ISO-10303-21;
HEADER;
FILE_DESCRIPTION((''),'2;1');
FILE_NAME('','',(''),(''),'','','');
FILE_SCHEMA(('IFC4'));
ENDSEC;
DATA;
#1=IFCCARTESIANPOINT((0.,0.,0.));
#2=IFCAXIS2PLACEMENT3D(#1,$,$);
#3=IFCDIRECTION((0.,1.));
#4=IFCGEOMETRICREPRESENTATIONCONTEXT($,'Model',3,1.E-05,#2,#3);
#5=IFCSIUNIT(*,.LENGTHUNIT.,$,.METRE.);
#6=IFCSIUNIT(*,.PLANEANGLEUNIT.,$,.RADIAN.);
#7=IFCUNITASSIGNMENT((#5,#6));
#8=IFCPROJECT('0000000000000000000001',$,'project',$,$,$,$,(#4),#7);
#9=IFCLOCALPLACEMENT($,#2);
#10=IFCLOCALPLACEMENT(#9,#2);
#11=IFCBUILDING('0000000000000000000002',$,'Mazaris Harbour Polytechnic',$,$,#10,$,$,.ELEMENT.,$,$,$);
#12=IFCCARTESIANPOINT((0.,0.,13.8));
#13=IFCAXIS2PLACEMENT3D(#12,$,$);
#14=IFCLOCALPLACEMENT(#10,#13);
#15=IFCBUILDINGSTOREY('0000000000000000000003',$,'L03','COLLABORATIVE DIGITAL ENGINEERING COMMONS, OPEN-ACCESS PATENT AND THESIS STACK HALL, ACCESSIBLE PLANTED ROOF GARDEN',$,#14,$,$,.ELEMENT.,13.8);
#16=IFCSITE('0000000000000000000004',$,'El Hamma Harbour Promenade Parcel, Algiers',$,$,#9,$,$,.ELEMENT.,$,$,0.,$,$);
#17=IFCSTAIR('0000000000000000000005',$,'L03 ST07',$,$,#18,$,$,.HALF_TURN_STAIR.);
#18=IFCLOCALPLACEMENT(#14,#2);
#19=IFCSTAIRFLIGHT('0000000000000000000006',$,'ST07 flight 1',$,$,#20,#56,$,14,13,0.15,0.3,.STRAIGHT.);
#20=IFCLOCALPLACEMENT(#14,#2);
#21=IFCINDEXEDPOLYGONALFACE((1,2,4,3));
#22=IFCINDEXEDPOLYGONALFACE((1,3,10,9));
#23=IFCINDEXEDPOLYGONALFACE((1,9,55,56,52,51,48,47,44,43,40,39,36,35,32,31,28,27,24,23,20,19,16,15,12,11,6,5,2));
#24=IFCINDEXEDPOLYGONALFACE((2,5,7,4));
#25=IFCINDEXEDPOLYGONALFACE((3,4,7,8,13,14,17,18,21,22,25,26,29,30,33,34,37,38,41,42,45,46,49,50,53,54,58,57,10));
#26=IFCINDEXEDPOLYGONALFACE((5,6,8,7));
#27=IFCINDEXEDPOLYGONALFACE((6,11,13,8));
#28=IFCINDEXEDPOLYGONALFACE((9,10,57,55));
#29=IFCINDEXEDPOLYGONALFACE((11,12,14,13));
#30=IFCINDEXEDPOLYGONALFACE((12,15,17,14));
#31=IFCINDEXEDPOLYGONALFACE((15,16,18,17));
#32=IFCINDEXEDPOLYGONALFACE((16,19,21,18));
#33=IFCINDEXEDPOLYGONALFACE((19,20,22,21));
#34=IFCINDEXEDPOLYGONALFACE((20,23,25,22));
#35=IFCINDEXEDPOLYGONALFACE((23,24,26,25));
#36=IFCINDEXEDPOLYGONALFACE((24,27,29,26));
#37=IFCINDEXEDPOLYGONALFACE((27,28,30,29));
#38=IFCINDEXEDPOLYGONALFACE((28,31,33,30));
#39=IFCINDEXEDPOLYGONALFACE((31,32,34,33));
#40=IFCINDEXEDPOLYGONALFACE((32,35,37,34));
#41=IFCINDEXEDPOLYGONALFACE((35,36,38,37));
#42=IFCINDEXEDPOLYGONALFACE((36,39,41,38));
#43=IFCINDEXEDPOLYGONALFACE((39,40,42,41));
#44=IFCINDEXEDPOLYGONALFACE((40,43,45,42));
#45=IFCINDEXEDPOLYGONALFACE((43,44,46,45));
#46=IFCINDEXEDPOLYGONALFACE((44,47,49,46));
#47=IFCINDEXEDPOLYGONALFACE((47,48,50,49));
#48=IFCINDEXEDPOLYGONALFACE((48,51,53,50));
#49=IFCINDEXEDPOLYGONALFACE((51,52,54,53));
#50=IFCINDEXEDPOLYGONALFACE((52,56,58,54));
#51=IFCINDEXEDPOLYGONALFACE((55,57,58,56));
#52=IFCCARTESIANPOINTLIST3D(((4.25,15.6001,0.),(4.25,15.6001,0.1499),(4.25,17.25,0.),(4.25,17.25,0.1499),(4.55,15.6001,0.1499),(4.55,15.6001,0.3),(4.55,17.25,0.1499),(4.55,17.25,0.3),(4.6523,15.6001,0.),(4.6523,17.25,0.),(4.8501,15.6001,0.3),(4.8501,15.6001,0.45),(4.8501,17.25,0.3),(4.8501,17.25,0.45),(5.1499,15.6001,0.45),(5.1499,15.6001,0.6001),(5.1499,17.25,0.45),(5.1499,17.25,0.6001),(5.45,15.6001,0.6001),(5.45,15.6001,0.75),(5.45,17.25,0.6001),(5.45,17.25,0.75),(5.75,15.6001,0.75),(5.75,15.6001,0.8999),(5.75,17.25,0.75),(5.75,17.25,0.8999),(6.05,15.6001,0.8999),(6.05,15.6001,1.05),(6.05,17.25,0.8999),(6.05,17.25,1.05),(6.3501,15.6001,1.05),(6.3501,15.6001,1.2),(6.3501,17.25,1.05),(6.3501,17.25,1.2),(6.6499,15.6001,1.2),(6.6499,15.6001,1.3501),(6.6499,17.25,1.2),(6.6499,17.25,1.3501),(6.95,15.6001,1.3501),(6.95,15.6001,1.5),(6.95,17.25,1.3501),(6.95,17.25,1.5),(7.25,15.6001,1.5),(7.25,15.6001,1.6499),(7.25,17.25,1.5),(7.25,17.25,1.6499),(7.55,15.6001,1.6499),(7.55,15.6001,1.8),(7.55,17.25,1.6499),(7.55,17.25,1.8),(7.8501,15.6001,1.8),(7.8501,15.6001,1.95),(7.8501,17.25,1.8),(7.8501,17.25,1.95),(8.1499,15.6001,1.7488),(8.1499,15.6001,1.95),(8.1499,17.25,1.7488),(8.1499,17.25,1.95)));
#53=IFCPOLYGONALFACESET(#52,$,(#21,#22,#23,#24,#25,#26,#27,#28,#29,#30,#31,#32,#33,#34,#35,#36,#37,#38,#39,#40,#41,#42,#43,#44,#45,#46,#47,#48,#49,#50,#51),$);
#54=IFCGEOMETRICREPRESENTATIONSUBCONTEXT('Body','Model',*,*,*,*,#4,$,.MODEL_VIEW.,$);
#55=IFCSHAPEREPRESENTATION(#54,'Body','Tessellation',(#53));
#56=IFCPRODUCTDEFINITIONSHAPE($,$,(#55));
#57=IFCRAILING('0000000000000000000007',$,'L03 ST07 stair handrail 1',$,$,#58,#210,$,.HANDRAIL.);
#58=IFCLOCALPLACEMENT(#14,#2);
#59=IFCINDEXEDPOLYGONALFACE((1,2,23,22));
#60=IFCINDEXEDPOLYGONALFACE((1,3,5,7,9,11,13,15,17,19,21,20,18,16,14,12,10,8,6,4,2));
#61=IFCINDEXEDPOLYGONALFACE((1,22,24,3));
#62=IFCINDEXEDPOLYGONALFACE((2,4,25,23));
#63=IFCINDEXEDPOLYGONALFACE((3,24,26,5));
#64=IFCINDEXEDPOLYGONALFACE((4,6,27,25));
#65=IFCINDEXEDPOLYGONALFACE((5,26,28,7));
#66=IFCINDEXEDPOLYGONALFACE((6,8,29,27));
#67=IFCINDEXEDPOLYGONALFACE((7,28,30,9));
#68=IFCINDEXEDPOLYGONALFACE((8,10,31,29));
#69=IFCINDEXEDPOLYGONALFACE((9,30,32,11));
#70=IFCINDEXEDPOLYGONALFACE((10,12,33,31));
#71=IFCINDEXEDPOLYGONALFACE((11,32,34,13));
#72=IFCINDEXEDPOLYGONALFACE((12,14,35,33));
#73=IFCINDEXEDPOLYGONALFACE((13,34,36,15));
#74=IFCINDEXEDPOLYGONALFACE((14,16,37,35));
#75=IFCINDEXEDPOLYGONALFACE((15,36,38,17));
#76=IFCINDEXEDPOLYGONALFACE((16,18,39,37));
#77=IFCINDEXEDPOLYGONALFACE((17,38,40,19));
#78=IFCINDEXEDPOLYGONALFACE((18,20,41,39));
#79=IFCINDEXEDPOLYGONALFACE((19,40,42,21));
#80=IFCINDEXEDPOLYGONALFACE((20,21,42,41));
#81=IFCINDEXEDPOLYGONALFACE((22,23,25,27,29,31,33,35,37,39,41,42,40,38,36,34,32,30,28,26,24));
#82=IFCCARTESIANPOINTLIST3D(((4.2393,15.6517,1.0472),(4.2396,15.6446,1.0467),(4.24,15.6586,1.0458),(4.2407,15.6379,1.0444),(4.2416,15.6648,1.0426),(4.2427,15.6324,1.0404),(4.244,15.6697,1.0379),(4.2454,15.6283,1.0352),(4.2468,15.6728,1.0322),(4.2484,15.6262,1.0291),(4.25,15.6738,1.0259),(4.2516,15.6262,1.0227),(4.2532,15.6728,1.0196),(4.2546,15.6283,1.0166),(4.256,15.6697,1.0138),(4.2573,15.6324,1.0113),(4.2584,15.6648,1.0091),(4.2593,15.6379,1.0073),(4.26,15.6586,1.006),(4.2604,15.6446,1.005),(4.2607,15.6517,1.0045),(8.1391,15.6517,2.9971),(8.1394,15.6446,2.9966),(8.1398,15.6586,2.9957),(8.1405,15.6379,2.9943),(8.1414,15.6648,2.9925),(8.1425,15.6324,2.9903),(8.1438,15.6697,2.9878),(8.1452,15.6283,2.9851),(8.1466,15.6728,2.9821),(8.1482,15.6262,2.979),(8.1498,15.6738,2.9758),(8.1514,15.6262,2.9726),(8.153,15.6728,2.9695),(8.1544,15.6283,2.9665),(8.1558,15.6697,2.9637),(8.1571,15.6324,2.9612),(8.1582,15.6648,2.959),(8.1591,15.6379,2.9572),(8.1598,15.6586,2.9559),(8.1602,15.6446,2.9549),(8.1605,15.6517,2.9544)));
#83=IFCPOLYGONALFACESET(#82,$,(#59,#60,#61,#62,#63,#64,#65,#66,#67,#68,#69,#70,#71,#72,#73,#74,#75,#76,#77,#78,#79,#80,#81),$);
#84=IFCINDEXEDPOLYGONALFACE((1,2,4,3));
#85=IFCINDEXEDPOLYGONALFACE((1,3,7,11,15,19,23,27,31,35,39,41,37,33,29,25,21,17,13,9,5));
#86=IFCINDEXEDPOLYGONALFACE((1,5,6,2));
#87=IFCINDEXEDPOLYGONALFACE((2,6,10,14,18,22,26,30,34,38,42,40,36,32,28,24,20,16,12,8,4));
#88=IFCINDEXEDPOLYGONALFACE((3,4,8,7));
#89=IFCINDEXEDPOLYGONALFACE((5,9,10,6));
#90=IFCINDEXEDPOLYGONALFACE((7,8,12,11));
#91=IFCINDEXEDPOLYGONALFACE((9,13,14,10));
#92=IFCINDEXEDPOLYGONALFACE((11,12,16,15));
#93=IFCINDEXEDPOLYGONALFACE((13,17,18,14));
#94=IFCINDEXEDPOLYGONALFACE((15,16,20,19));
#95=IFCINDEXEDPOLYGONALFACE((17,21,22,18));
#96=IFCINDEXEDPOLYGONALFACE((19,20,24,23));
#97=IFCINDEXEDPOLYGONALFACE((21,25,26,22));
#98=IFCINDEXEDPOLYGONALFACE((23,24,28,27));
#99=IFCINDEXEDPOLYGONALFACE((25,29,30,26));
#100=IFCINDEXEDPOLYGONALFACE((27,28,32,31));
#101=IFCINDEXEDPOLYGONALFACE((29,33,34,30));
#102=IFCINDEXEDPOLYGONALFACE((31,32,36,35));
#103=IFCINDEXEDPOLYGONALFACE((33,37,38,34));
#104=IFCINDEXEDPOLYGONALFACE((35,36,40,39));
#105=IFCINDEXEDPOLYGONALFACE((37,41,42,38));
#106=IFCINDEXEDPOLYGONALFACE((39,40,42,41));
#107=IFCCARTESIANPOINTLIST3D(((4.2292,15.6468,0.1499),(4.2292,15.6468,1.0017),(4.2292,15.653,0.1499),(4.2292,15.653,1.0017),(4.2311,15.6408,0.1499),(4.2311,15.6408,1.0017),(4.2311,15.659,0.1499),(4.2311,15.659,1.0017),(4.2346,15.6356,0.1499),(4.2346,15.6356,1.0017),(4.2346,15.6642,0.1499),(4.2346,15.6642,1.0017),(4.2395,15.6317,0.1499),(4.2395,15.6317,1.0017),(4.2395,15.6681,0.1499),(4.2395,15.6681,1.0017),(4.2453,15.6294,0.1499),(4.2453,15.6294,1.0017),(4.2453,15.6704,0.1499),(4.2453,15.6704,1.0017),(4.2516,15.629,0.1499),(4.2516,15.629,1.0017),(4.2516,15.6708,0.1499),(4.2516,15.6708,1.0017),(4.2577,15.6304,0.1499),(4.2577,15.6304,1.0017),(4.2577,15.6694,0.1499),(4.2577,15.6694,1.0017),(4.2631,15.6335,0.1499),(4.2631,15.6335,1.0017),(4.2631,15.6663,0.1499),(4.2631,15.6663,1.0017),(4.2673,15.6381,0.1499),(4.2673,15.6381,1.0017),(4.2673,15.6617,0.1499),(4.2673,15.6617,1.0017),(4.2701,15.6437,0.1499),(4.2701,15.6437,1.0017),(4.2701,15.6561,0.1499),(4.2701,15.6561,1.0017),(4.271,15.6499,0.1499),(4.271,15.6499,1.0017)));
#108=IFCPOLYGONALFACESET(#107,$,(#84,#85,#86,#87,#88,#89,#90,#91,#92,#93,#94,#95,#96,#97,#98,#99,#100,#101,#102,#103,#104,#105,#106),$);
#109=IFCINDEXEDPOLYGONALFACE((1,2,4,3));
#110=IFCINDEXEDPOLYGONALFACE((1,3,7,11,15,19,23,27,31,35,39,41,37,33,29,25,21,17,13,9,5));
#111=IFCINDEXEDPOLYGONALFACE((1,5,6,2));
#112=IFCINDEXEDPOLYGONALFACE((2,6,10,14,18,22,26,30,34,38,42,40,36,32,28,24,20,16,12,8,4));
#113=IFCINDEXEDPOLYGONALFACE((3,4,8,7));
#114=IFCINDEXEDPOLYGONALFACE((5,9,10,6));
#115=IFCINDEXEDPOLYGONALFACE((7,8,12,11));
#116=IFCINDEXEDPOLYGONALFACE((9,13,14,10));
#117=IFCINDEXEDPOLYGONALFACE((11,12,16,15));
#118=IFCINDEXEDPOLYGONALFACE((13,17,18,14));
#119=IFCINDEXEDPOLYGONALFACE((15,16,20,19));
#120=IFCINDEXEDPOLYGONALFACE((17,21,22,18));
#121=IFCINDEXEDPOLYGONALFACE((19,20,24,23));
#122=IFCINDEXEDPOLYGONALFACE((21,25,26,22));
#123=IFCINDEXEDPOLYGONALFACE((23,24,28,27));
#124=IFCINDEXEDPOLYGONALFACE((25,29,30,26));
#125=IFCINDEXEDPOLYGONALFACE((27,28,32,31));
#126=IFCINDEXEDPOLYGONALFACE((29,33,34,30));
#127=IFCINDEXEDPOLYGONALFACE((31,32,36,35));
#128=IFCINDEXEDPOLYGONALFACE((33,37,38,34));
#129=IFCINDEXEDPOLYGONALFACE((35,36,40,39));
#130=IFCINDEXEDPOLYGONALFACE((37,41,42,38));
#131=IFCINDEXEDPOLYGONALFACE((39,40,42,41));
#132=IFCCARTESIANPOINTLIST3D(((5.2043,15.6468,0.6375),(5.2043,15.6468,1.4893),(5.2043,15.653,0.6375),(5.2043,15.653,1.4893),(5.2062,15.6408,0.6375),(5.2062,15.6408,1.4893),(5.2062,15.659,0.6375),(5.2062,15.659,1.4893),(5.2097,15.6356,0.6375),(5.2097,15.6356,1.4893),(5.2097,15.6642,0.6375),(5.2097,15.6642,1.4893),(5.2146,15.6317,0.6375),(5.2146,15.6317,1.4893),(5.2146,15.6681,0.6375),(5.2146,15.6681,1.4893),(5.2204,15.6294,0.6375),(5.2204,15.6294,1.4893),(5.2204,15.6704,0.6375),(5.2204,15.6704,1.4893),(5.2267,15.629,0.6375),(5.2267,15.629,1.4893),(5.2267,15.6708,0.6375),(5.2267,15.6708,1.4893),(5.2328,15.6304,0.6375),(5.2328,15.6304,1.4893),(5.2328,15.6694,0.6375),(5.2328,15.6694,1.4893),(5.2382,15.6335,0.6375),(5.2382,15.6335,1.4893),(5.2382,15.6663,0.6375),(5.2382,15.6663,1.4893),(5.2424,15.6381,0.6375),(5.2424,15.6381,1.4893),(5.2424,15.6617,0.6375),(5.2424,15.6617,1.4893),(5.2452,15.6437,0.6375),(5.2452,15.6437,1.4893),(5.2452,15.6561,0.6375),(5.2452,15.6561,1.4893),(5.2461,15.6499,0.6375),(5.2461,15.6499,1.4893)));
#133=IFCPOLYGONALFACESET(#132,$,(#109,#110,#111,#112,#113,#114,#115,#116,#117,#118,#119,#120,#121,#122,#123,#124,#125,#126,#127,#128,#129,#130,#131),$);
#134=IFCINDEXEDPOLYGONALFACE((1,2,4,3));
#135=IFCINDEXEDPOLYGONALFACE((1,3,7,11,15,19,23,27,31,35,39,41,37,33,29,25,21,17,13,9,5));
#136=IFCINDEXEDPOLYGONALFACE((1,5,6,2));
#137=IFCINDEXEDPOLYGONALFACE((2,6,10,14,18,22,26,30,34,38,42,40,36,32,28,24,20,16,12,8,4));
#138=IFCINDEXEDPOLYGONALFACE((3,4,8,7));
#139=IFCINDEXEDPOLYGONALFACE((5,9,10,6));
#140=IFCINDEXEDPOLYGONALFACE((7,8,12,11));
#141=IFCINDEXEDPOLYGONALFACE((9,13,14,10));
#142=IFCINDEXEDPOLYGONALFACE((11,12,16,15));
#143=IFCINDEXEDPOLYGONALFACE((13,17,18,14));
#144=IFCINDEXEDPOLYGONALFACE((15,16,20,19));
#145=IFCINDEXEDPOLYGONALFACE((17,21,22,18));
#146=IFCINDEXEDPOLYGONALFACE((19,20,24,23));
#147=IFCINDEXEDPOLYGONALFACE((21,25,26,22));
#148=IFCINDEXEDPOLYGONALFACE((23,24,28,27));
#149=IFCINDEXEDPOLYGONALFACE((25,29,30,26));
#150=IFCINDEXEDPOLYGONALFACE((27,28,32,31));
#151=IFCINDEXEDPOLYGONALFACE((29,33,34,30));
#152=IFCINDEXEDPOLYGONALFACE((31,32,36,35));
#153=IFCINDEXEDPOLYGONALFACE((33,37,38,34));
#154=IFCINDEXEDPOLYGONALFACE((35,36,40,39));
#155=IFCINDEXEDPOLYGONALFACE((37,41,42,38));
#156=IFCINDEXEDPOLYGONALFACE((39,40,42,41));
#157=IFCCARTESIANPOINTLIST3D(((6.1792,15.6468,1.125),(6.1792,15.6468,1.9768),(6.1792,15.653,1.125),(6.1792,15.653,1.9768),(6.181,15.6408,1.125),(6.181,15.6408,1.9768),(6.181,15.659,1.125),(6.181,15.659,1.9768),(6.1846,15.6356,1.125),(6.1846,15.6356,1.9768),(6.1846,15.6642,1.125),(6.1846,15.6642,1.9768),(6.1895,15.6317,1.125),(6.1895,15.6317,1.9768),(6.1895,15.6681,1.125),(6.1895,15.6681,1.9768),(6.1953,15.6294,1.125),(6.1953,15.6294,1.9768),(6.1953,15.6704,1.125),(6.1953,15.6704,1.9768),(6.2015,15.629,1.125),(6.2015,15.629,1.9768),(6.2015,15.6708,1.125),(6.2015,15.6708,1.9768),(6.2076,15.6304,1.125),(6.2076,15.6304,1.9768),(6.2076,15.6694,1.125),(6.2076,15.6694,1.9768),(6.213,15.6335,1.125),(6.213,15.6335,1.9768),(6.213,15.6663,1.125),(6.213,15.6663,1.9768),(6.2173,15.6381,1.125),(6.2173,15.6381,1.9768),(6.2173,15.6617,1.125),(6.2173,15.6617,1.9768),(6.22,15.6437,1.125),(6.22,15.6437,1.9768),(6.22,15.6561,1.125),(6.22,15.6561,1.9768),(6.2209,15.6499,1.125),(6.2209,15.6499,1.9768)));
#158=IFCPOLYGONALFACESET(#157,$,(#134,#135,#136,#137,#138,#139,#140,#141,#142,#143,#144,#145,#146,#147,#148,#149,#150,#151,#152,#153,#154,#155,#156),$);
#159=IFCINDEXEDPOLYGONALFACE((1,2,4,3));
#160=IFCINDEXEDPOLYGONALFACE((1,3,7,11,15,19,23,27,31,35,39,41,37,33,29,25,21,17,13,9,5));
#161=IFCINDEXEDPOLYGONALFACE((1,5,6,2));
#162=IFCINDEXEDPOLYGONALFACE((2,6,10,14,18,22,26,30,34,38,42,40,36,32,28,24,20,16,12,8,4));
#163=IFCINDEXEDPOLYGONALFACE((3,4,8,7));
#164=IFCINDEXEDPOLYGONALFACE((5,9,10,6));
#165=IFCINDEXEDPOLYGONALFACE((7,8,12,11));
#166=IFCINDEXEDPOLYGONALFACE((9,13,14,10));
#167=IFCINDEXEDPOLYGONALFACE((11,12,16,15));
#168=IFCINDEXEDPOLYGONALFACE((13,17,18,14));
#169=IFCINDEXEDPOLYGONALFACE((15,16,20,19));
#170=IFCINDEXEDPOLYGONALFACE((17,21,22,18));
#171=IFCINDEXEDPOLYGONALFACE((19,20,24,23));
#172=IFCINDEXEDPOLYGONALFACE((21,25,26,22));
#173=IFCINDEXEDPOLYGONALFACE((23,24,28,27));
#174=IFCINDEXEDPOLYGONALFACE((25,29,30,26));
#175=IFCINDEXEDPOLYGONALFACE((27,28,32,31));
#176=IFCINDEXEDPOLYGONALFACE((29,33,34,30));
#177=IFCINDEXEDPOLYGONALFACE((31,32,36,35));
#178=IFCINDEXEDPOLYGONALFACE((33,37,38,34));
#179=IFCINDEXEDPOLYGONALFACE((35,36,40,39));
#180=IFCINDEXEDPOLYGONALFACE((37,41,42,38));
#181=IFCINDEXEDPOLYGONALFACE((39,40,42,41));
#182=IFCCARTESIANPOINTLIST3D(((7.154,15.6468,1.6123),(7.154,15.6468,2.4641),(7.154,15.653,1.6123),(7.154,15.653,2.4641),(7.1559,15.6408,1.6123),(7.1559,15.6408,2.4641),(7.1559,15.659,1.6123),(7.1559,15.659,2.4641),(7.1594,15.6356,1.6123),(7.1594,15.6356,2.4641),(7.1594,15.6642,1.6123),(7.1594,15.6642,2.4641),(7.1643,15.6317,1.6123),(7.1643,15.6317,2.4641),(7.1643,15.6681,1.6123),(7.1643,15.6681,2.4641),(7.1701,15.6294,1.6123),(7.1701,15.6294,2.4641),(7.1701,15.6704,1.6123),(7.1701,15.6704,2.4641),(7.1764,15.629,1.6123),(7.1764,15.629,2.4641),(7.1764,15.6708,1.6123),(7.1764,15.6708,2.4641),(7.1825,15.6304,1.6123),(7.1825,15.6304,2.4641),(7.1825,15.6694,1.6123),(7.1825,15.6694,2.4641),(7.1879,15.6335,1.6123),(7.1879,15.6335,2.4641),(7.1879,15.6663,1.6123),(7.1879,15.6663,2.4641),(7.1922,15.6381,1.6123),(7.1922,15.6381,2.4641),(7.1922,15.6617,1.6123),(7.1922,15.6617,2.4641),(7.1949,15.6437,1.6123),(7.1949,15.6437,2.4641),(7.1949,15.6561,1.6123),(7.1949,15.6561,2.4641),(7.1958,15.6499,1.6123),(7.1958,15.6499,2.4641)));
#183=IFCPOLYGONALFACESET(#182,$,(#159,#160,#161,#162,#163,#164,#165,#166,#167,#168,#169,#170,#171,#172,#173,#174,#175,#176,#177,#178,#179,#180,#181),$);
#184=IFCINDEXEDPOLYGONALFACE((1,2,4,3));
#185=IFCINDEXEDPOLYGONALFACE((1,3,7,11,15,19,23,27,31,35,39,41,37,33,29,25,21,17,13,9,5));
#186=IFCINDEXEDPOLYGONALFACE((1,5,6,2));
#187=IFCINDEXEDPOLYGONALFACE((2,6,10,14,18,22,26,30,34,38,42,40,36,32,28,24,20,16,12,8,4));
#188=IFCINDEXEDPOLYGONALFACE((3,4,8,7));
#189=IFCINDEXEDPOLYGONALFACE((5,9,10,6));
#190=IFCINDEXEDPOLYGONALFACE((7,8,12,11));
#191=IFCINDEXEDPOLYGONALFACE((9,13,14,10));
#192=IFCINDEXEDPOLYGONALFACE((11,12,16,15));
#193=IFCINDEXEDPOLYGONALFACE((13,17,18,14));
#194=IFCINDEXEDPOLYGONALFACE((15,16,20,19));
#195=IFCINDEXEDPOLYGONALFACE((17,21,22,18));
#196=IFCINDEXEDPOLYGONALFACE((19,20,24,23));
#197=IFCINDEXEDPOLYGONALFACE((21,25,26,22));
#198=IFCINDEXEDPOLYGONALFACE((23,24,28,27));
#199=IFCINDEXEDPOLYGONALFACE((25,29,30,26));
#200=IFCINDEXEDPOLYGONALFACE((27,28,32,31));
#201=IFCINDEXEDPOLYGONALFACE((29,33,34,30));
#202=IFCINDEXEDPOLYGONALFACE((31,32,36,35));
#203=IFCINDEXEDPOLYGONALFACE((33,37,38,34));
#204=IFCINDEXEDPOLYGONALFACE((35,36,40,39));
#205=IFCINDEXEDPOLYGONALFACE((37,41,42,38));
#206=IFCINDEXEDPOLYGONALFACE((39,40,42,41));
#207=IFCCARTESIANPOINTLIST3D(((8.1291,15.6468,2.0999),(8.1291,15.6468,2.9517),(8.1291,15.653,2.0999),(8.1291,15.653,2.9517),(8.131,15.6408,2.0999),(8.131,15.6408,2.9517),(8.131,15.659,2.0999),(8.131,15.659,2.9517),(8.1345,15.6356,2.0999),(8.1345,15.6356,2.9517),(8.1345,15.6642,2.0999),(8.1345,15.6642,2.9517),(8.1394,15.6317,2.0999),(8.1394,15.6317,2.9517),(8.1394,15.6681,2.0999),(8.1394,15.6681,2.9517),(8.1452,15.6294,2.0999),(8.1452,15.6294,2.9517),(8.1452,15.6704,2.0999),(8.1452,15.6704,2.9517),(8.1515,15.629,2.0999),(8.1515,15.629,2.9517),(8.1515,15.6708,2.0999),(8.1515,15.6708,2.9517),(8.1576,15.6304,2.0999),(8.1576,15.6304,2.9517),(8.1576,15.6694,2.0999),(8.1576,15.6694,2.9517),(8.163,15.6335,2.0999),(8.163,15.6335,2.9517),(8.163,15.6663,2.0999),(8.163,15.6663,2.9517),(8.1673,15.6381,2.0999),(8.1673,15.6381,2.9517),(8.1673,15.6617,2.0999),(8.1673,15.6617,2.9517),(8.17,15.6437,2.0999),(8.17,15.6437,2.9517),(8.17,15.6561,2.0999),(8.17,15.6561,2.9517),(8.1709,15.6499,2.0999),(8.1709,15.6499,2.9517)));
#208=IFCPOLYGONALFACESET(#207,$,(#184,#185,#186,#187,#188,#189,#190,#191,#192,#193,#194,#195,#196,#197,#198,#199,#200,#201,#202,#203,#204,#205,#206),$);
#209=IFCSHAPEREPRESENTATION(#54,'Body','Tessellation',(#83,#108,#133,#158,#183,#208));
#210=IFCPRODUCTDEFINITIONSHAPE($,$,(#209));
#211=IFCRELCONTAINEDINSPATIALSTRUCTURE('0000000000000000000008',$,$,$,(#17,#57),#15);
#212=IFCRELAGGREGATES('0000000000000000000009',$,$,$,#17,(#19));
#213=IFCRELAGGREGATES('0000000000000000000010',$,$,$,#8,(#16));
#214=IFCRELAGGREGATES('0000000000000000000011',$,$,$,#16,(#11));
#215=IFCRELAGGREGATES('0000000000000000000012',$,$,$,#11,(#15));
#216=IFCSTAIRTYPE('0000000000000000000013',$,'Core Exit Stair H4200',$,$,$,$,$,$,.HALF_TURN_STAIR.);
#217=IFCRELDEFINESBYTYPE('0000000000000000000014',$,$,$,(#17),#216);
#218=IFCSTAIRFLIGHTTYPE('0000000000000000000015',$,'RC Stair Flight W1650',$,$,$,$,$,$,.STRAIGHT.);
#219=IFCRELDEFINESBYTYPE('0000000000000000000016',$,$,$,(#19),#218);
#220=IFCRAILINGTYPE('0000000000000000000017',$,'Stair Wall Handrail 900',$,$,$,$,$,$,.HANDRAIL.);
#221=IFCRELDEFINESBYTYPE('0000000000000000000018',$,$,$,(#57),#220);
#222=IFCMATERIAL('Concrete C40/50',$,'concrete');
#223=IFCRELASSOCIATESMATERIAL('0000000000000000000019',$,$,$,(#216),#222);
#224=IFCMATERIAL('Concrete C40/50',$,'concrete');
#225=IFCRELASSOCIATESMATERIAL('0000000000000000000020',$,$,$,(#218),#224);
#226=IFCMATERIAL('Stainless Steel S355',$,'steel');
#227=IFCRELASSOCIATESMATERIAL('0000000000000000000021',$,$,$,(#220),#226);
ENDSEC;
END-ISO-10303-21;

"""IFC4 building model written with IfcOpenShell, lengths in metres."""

from ifc_helpers import new_model, si_unit, direction, frame, origin, origin_2d, place, context, subcontext, project, spatial, polyline, circle, outline, extrude, material, type_object, element, aggregate, save


model = new_model("IFC4")

# Units and contexts
model_context = context("Model", 3, precision=1e-05, world=origin(), true_north=direction((0.0, 1.0)))
body_context = subcontext(model_context, "Body", "Model", "MODEL_VIEW")
ifc_project = project(units=[si_unit("LENGTHUNIT", "METRE"), si_unit("PLANEANGLEUNIT", "RADIAN")], contexts=[model_context])

# Site, building, storey
site_placement = place(None, origin())
site = spatial("IfcSite", under=ifc_project, at=site_placement, Name="El Hamma Harbour Promenade Parcel, Algiers", CompositionType="ELEMENT", RefElevation=0.0)
building_placement = place(site_placement, origin())
building = spatial("IfcBuilding", under=site, at=building_placement, Name="Mazaris Harbour Polytechnic", CompositionType="ELEMENT")
storey_placement = place(building_placement, frame((0.0, 0.0, 13.8)))
storey = spatial("IfcBuildingStorey", under=building, at=storey_placement, Name="L03", Description="COLLABORATIVE DIGITAL ENGINEERING COMMONS, OPEN-ACCESS PATENT AND THESIS STACK HALL, ACCESSIBLE PLANTED ROOF GARDEN", CompositionType="ELEMENT", Elevation=13.8)

# Stair, stair flight
ifc_material_1 = material(Name="Concrete C40/50", Category="concrete")
stair_type = type_object("IfcStairType", Name="Core Exit Stair H4200", PredefinedType="HALF_TURN_STAIR", material=ifc_material_1)
stair_placement = place(storey_placement, origin())
stair = element("IfcStair", 1, at=stair_placement, inside=storey, type_object=stair_type, Name="L03 ST07", PredefinedType="HALF_TURN_STAIR")
ifc_material_2 = material(Name="Concrete C40/50", Category="concrete")
stair_flight_type = type_object("IfcStairFlightType", Name="RC Stair Flight W1650", PredefinedType="STRAIGHT", material=ifc_material_2)
stair_flight_placement = place(storey_placement, frame((4.25, 16.425, 0.0), z_axis=(0.0, 0.0, 1.0), x_axis=(1.0, 0.0, 0.0)))
stair_flight = element("IfcStairFlight", 2, at=stair_flight_placement, type_object=stair_flight_type, Name="ST07 flight 1", NumberOfRisers=14, NumberOfTreads=13, PredefinedType="STRAIGHT", RiserHeight=0.15, TreadLength=0.3, context=body_context, shape_type="SweptSolid", body=[
    extrude(outline(polyline([(0.0, 0.0), (0.0, 0.1499), (0.3, 0.1499), (0.3, 0.3), (0.6001, 0.3), (0.6001, 0.45), (0.8999, 0.45), (0.8999, 0.6001), (1.2, 0.6001), (1.2, 0.75), (1.5, 0.75), (1.5, 0.8999), (1.8, 0.8999), (1.8, 1.05), (2.1001, 1.05), (2.1001, 1.2), (2.3999, 1.2), (2.3999, 1.3501), (2.7, 1.3501), (2.7, 1.5), (3.0, 1.5), (3.0, 1.6499), (3.3, 1.6499), (3.3, 1.8), (3.6001, 1.8), (3.6001, 1.95), (3.8999, 1.95), (3.8999, 2.1001), (3.8999, 1.7488), (0.4023, 0.0), (0.0, 0.0)])), frame((0.0, 0.825, 0.0), z_axis=(0.0, -1.0, 0.0), x_axis=(1.0, 0.0, 0.0)), (0.0, 0.0, 1.0), 1.6499),
])
aggregate(stair, [stair_flight])

# Railing
ifc_material_3 = material(Name="Stainless Steel S355", Category="steel")
railing_type_1 = type_object("IfcRailingType", Name="Stair Wall Handrail 900", PredefinedType="HANDRAIL", material=ifc_material_3)
railing_1_placement = place(storey_placement, frame((4.25, 15.6499, 0.1499)))
element("IfcRailing", 3, at=railing_1_placement, inside=storey, type_object=railing_type_1, Name="L03 ST07 stair handrail 1", PredefinedType="HANDRAIL", context=body_context, shape_type="SweptSolid", body=[
    extrude(circle(Radius=0.0239, at=origin_2d()), frame((0.0, 0.0, 0.876), z_axis=(0.894427, 0.0, 0.447214), x_axis=(0.0, 1.0, 0.0)), (0.0, 0.0, 1.0), 4.3601),
    extrude(circle(Radius=0.021, at=origin_2d()), origin(), (0.0, 0.0, 1.0), 0.8518),
    extrude(circle(Radius=0.021, at=origin_2d()), frame((0.9751, 0.0, 0.4875)), (0.0, 0.0, 1.0), 0.8518),
    extrude(circle(Radius=0.021, at=origin_2d()), frame((1.95, 0.0, 0.9751)), (0.0, 0.0, 1.0), 0.8518),
    extrude(circle(Radius=0.021, at=origin_2d()), frame((2.9248, 0.0, 1.4624)), (0.0, 0.0, 1.0), 0.8518),
    extrude(circle(Radius=0.021, at=origin_2d()), frame((3.8999, 0.0, 1.95)), (0.0, 0.0, 1.0), 0.8518),
])

save(model, "model.ifc")
